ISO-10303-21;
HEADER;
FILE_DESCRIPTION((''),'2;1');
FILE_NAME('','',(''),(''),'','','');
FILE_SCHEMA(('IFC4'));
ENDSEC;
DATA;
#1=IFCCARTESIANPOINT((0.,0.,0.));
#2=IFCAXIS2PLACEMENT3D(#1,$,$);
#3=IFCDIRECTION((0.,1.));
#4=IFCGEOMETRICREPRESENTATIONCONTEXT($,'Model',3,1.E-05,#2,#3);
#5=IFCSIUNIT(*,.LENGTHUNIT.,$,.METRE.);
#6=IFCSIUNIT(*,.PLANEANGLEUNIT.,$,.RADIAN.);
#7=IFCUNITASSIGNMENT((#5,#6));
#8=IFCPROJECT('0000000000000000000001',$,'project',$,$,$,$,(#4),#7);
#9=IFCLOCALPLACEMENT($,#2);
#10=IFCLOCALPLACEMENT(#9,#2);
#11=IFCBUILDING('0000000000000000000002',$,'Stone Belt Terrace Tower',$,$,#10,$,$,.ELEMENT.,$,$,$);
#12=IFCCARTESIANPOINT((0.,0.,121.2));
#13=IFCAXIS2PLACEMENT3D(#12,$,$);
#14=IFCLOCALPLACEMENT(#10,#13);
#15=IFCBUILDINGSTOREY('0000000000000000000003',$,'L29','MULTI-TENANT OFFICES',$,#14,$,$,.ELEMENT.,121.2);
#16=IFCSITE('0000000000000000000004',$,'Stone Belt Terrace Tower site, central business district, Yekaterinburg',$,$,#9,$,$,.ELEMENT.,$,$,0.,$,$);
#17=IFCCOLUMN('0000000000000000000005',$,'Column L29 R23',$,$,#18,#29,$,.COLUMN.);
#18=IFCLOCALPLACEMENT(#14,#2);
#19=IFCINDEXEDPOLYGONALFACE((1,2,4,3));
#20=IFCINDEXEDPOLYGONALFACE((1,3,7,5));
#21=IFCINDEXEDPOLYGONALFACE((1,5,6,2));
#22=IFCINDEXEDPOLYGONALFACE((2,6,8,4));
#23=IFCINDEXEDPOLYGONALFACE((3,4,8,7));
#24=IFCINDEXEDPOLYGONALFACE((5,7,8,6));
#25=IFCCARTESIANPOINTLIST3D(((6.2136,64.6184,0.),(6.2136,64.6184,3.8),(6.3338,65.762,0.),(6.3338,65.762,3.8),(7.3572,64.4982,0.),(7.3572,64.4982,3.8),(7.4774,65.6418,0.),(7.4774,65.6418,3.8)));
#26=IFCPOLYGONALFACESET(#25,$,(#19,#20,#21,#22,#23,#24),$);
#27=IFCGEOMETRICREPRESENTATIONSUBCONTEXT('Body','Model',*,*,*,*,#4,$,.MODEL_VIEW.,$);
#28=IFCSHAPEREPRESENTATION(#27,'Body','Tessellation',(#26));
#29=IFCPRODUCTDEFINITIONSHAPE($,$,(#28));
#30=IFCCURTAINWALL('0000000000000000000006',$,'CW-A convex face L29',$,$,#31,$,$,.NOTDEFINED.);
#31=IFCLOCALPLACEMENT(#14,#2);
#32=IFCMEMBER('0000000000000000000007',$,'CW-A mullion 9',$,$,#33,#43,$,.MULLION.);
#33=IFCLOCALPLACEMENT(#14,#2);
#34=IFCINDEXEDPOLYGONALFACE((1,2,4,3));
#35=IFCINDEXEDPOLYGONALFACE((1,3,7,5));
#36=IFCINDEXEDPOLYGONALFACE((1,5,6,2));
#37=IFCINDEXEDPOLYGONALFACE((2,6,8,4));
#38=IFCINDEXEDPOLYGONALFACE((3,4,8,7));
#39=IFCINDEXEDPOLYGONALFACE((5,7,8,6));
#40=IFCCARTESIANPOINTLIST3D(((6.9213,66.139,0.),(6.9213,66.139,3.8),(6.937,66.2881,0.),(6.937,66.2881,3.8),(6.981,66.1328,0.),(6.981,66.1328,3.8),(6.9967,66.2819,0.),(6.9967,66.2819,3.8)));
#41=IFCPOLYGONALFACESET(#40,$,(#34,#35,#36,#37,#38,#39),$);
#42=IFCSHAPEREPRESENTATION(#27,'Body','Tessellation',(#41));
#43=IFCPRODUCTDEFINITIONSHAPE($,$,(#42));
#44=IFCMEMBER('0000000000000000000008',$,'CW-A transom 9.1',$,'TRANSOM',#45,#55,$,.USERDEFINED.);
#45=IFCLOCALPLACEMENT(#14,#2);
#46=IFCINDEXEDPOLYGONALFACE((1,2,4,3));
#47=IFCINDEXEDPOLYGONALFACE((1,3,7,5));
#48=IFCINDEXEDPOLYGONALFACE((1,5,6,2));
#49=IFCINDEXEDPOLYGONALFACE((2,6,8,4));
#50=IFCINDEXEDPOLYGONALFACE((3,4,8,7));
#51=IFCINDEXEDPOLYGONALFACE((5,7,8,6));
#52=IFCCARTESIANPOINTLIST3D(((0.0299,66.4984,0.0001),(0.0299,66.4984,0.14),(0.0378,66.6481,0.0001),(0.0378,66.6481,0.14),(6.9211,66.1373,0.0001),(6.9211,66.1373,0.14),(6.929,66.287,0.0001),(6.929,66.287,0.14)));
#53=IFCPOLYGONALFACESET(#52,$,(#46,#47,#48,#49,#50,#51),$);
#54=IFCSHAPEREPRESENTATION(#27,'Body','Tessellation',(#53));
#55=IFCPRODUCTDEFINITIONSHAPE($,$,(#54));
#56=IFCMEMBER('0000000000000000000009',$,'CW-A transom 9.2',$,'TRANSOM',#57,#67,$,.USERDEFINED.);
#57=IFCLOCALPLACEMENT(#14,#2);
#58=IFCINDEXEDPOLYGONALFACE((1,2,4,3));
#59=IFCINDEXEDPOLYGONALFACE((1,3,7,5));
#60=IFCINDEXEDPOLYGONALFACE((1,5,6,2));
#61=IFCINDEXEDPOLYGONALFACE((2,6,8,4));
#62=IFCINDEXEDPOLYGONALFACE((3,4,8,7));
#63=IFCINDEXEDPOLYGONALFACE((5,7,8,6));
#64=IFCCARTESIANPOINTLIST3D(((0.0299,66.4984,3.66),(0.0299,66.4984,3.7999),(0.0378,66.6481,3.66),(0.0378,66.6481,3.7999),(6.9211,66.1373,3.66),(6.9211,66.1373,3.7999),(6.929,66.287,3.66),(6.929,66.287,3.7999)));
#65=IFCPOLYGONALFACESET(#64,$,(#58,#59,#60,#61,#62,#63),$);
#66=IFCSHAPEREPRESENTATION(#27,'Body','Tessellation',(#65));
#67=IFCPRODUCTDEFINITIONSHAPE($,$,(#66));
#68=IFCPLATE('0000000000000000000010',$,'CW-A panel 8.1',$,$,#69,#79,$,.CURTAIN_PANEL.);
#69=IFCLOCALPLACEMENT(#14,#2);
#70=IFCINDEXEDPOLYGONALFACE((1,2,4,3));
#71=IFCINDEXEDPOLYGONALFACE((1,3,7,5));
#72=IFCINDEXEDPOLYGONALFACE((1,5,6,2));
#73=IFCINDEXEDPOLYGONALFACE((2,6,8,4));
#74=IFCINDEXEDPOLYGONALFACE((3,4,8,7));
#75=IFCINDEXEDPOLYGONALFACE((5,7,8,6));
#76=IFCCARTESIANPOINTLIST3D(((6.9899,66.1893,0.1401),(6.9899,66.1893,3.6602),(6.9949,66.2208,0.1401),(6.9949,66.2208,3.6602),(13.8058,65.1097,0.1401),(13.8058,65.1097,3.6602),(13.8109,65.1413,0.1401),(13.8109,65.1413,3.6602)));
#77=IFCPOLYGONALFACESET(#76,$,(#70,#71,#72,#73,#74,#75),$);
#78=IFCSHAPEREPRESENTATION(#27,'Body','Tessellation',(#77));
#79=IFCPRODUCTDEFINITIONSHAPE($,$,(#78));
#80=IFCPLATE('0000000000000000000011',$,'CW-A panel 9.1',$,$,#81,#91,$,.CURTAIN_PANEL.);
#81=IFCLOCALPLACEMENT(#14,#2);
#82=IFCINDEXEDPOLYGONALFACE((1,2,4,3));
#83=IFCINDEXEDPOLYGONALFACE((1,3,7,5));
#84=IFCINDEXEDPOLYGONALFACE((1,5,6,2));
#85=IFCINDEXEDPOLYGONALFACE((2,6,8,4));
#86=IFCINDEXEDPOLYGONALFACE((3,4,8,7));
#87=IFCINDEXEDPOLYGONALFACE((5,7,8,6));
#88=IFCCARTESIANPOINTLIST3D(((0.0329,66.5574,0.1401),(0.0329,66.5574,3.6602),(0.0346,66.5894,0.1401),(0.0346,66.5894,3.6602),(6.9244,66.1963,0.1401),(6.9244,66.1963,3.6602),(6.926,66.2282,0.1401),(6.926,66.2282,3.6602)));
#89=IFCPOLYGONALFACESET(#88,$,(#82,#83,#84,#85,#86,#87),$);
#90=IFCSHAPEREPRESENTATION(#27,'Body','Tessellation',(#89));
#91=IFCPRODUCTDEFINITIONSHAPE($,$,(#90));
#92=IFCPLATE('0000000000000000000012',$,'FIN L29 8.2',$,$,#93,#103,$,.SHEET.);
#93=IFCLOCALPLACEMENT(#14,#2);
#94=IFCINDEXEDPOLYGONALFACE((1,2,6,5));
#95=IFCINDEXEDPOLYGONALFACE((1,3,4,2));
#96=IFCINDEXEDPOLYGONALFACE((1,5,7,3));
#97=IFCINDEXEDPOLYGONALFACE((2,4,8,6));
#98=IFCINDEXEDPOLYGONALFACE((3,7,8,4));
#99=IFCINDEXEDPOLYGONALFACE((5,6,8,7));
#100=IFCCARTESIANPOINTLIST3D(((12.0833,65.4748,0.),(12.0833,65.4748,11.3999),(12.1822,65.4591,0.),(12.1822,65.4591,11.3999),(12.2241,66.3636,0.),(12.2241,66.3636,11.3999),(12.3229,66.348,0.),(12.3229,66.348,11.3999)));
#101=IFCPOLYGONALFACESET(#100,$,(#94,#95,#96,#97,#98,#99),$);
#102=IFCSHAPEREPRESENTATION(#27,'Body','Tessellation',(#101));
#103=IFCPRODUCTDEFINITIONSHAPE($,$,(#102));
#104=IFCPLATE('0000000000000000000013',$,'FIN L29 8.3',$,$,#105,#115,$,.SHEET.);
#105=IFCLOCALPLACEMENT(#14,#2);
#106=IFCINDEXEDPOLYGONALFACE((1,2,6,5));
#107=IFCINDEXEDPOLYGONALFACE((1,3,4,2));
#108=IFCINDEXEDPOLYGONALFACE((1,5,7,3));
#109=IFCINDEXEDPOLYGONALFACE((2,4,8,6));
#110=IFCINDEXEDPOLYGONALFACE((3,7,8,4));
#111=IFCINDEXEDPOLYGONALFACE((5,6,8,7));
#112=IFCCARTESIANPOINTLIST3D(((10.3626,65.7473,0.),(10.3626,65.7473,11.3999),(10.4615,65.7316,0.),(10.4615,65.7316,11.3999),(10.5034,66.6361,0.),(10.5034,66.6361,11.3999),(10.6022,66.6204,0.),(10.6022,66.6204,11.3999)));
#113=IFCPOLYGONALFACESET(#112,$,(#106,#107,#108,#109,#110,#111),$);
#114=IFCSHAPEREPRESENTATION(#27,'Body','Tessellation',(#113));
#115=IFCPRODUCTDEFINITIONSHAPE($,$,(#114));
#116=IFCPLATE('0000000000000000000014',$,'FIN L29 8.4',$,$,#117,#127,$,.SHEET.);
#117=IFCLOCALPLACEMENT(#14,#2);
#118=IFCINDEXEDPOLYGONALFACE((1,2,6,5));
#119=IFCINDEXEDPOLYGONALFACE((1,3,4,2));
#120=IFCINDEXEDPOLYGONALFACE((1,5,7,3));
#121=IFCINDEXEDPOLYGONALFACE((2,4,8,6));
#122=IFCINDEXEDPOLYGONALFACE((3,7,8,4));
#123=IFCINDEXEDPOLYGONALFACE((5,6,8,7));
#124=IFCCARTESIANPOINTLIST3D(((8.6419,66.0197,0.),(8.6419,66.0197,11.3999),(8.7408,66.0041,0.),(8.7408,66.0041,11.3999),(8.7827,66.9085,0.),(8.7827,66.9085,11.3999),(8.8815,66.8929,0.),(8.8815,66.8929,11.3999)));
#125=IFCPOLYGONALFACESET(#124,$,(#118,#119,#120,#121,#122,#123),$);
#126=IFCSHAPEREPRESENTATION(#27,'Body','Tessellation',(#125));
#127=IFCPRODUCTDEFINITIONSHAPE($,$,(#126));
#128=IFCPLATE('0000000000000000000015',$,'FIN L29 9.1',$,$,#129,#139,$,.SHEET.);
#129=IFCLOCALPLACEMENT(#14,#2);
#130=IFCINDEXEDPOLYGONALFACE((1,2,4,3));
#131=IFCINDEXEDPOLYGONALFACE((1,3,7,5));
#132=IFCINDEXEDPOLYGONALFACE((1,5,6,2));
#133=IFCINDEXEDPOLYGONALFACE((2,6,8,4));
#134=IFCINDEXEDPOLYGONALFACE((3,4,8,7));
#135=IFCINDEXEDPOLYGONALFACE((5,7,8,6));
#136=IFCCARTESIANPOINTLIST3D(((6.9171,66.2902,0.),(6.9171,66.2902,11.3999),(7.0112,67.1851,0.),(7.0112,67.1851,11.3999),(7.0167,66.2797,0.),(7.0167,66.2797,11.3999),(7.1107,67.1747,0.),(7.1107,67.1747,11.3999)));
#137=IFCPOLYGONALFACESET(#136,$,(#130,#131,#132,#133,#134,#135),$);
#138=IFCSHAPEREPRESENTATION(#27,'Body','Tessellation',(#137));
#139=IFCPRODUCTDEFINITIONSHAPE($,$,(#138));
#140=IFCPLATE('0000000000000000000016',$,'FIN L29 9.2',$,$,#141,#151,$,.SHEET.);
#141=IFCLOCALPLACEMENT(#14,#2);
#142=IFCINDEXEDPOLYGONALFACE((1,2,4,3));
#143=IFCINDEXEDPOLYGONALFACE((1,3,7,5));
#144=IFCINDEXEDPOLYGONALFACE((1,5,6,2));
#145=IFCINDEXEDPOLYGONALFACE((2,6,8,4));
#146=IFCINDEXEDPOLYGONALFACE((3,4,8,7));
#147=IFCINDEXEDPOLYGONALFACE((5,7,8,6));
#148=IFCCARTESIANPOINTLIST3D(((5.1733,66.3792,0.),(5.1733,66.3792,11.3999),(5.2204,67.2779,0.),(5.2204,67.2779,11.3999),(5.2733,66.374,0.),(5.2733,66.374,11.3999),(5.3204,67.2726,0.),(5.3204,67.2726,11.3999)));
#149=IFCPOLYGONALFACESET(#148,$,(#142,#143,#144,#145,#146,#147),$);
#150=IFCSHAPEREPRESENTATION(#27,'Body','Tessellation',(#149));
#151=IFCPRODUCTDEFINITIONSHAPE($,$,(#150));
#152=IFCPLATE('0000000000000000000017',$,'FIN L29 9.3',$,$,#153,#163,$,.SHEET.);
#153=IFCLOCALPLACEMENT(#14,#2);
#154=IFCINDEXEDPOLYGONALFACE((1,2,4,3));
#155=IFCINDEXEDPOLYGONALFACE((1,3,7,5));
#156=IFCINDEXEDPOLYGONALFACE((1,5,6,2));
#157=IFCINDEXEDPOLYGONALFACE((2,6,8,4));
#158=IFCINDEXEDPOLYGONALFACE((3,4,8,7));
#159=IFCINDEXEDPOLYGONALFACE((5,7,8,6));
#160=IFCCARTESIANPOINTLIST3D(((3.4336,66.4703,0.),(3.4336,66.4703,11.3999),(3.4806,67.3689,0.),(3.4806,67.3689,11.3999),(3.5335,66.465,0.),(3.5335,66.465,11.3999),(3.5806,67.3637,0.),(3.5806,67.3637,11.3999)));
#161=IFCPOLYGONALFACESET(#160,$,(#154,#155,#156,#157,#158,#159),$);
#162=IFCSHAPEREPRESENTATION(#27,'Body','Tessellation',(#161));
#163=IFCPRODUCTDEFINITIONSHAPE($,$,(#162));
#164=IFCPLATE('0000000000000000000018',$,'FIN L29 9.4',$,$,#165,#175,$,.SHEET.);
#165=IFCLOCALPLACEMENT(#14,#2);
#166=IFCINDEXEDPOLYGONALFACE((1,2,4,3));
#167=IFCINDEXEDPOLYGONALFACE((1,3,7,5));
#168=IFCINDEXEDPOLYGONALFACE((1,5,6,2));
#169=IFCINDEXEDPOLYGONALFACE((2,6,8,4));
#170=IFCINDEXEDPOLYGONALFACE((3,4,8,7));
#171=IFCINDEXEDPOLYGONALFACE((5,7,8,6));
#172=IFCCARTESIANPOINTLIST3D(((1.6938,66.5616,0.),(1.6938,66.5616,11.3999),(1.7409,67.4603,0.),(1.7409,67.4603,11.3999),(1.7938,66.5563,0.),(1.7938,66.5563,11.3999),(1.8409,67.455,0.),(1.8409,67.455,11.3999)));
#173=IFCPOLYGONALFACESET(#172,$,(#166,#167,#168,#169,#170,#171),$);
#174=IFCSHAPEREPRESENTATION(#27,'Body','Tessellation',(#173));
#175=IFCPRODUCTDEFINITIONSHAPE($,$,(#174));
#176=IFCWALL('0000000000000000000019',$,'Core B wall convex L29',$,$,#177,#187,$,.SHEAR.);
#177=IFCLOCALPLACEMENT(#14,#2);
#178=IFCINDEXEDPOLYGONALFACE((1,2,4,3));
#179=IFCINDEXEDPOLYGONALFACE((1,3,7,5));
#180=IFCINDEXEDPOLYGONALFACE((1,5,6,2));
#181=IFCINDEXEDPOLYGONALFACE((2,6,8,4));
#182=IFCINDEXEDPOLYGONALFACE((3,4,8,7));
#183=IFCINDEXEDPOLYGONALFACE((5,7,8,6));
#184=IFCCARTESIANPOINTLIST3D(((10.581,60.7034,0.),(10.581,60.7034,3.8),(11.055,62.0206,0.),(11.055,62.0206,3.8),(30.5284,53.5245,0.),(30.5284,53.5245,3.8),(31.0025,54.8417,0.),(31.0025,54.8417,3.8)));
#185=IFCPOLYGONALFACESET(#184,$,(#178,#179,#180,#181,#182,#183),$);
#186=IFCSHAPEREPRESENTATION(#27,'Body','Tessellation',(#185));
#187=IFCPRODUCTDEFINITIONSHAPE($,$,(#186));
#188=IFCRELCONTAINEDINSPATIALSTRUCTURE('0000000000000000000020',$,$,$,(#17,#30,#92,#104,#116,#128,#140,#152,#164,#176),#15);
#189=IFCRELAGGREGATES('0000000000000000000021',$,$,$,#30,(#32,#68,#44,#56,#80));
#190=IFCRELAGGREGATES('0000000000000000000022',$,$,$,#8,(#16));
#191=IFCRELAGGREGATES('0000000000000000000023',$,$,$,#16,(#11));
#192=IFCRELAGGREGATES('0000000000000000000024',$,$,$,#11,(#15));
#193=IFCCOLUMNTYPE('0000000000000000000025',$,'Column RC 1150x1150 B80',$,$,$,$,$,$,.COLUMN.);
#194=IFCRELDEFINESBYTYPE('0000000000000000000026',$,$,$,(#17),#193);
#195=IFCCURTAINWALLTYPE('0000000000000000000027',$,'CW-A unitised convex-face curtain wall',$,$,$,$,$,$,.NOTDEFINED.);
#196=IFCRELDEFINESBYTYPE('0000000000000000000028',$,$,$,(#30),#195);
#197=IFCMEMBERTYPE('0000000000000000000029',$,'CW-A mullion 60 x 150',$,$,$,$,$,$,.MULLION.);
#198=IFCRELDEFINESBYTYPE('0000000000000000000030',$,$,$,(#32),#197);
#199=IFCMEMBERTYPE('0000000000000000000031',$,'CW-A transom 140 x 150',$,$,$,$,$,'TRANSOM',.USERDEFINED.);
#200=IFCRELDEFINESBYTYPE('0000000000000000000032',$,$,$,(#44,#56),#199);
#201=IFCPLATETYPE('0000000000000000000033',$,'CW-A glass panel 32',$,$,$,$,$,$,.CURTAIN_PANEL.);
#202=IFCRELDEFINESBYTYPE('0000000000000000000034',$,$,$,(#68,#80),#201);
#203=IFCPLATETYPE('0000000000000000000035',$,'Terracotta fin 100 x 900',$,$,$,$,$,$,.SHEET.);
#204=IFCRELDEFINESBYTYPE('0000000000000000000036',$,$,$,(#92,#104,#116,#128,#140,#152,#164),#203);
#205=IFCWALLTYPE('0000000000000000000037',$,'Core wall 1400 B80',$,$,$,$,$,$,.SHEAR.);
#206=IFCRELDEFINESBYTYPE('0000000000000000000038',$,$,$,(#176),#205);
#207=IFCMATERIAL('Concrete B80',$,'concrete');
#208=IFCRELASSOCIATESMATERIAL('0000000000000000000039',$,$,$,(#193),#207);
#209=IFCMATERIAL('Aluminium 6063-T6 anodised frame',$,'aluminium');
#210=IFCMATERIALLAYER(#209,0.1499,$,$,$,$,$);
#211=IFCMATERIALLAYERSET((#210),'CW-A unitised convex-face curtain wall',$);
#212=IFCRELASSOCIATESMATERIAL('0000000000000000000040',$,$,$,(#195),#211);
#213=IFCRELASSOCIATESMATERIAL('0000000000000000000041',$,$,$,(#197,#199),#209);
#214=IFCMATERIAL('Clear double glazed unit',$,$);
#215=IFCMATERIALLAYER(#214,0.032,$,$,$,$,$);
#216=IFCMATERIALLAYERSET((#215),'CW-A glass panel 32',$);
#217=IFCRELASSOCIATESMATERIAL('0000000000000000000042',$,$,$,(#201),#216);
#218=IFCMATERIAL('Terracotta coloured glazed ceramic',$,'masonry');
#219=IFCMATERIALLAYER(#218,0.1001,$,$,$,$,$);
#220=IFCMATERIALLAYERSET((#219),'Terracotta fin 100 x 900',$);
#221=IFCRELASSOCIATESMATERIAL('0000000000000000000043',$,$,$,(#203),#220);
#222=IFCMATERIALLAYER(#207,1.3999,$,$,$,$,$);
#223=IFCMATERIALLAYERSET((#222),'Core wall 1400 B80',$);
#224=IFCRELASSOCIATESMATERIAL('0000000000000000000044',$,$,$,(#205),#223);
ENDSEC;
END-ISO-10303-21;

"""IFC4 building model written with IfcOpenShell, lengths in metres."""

from ifc_helpers import new_model, si_unit, direction, frame, frame_2d, origin, origin_2d, place, context, subcontext, project, spatial, rectangle, extrude, material, layer, layer_set, material_profile, profile_set, type_object, element, aggregate, save


model = new_model("IFC4")

# Units and contexts
model_context = context("Model", 3, precision=1e-05, world=origin(), true_north=direction((0.0, 1.0)))
body_context = subcontext(model_context, "Body", "Model", "MODEL_VIEW")
ifc_project = project(units=[si_unit("LENGTHUNIT", "METRE"), si_unit("PLANEANGLEUNIT", "RADIAN")], contexts=[model_context])

# Site, building, storey
site_placement = place(None, origin())
site = spatial("IfcSite", under=ifc_project, at=site_placement, Name="Stone Belt Terrace Tower site, central business district, Yekaterinburg", CompositionType="ELEMENT", RefElevation=0.0)
building_placement = place(site_placement, origin())
building = spatial("IfcBuilding", under=site, at=building_placement, Name="Stone Belt Terrace Tower", CompositionType="ELEMENT")
storey_placement = place(building_placement, frame((0.0, 0.0, 121.2)))
storey = spatial("IfcBuildingStorey", under=building, at=storey_placement, Name="L29", Description="MULTI-TENANT OFFICES", CompositionType="ELEMENT", Elevation=121.2)

# Column
ifc_material_1 = material(Name="Concrete B80", Category="concrete")
ifc_material_profile_1 = material_profile(ifc_material_1, rectangle(XDim=1.1499, YDim=1.1499, at=origin_2d()), Name="RC 1150x1150")
ifc_profile_set_1 = profile_set([ifc_material_profile_1], Name="Concrete B80")
column_type = type_object("IfcColumnType", Name="Column RC 1150x1150 B80", PredefinedType="COLUMN", material=ifc_profile_set_1)
column_placement = place(storey_placement, frame((6.8455, 65.1301, 0.0), z_axis=(0.0, 0.0, 1.0), x_axis=(0.994522, -0.104528, 0.0)))
element("IfcColumn", 1, at=column_placement, inside=storey, type_object=column_type, Name="Column L29 R23", PredefinedType="COLUMN", context=body_context, shape_type="SweptSolid", body=[
    extrude(rectangle(XDim=1.1499, YDim=1.1499, at=origin_2d()), origin(), (0.0, 0.0, 1.0), 3.8),
])

# Curtain wall, members, plates
ifc_material_2 = material(Name="Aluminium 6063-T6 anodised frame", Category="aluminium")
ifc_layer_1 = layer(ifc_material_2, 0.1499)
ifc_layer_set_1 = layer_set([ifc_layer_1], Name="CW-A unitised convex-face curtain wall")
curtain_wall_type = type_object("IfcCurtainWallType", Name="CW-A unitised convex-face curtain wall", PredefinedType="NOTDEFINED", material=ifc_layer_set_1)
curtain_wall_placement = place(storey_placement, origin())
curtain_wall = element("IfcCurtainWall", 2, at=curtain_wall_placement, inside=storey, type_object=curtain_wall_type, Name="CW-A convex face L29", PredefinedType="NOTDEFINED")
ifc_material_profile_2 = material_profile(ifc_material_2, rectangle(XDim=0.1499, YDim=0.0601, at=origin_2d()), Name="Aluminium 6063-T6 60x150")
ifc_profile_set_2 = profile_set([ifc_material_profile_2], Name="Aluminium 6063-T6 anodised frame")
member_type_1 = type_object("IfcMemberType", Name="CW-A mullion 60 x 150", PredefinedType="MULLION", material=ifc_profile_set_2)
member_1_placement = place(storey_placement, frame((6.959, 66.2104, 0.0), z_axis=(0.0, 0.0, 1.0), x_axis=(-0.104528, -0.994522, 0.0)))
member_1 = element("IfcMember", 3, at=member_1_placement, type_object=member_type_1, Name="CW-A mullion 9", PredefinedType="MULLION", context=body_context, shape_type="SweptSolid", body=[
    extrude(rectangle(XDim=0.1499, YDim=0.0601, at=origin_2d()), origin(), (0.0, 0.0, 1.0), 3.8),
])
ifc_material_profile_3 = material_profile(ifc_material_2, rectangle(XDim=0.1499, YDim=0.1399, at=origin_2d()), Name="Aluminium 6063-T6 150x140")
ifc_profile_set_3 = profile_set([ifc_material_profile_3], Name="Aluminium 6063-T6 anodised frame")
member_type_2 = type_object("IfcMemberType", Name="CW-A transom 140 x 150", ElementType="TRANSOM", PredefinedType="USERDEFINED", material=ifc_profile_set_3)
member_2_placement = place(storey_placement, frame((6.925, 66.2122, 0.0701), z_axis=(-0.99863, 0.052327, 0.0), x_axis=(-0.052327, -0.99863, 0.0)))
member_2 = element("IfcMember", 4, at=member_2_placement, type_object=member_type_2, Name="CW-A transom 9.1", ObjectType="TRANSOM", PredefinedType="USERDEFINED", context=body_context, shape_type="SweptSolid", body=[
    extrude(rectangle(XDim=0.1499, YDim=0.1399, at=origin_2d()), origin(), (0.0, 0.0, 1.0), 6.9006),
])
member_3_placement = place(storey_placement, frame((6.925, 66.2122, 3.73), z_axis=(-0.99863, 0.052327, 0.0), x_axis=(-0.052327, -0.99863, 0.0)))
member_3 = element("IfcMember", 5, at=member_3_placement, type_object=member_type_2, Name="CW-A transom 9.2", ObjectType="TRANSOM", PredefinedType="USERDEFINED", context=body_context, shape_type="SweptSolid", body=[
    extrude(rectangle(XDim=0.1499, YDim=0.1399, at=origin_2d()), origin(), (0.0, 0.0, 1.0), 6.9006),
])
ifc_material_3 = material(Name="Clear double glazed unit")
ifc_layer_2 = layer(ifc_material_3, 0.032)
ifc_layer_set_2 = layer_set([ifc_layer_2], Name="CW-A glass panel 32")
plate_type_1 = type_object("IfcPlateType", Name="CW-A glass panel 32", PredefinedType="CURTAIN_PANEL", material=ifc_layer_set_2)
plate_1_placement = place(storey_placement, frame((10.4004, 65.6653, 0.1401), z_axis=(0.0, 0.0, 1.0), x_axis=(-0.987688, 0.156434, 0.0)))
plate_1 = element("IfcPlate", 6, at=plate_1_placement, type_object=plate_type_1, Name="CW-A panel 8.1", PredefinedType="CURTAIN_PANEL", context=body_context, shape_type="SweptSolid", body=[
    extrude(rectangle(XDim=6.9009, YDim=0.032, at=origin_2d()), origin(), (0.0, 0.0, 1.0), 3.52),
])
plate_2_placement = place(storey_placement, frame((3.4795, 66.3928, 0.1401), z_axis=(0.0, 0.0, 1.0), x_axis=(-0.99863, 0.052336, 0.0)))
plate_2 = element("IfcPlate", 7, at=plate_2_placement, type_object=plate_type_1, Name="CW-A panel 9.1", PredefinedType="CURTAIN_PANEL", context=body_context, shape_type="SweptSolid", body=[
    extrude(rectangle(XDim=6.9009, YDim=0.032, at=origin_2d()), origin(), (0.0, 0.0, 1.0), 3.52),
])
aggregate(curtain_wall, [member_1, plate_1, member_2, member_3, plate_2])

# Plates
ifc_material_4 = material(Name="Terracotta coloured glazed ceramic", Category="masonry")
ifc_layer_3 = layer(ifc_material_4, 0.1001)
ifc_layer_set_3 = layer_set([ifc_layer_3], Name="Terracotta fin 100 x 900")
plate_type_2 = type_object("IfcPlateType", Name="Terracotta fin 100 x 900", PredefinedType="SHEET", material=ifc_layer_set_3)
for number, where, z_axis, x_axis, name in (
    (8, (12.2031, 65.9114, 0.0), (0.0, 0.0, 1.0), (0.156434, 0.987688, 0.0), "FIN L29 8.2"),
    (9, (10.4824, 66.1838, 0.0), (0.0, 0.0, 1.0), (0.156434, 0.987688, 0.0), "FIN L29 8.3"),
    (10, (8.7617, 66.4563, 0.0), (0.0, 0.0, 1.0), (0.156434, 0.987688, 0.0), "FIN L29 8.4"),
    (11, (7.0139, 66.7324, 0.0), (0.0, 0.0, 1.0), (0.104528, 0.994522, 0.0), "FIN L29 9.1"),
    (12, (5.2468, 66.8259, 0.0), (0.0, 0.0, 1.0), (0.052336, 0.99863, 0.0), "FIN L29 9.2"),
    (13, (3.5071, 66.917, 0.0), (0.0, 0.0, 1.0), (0.052336, 0.99863, 0.0), "FIN L29 9.3"),
    (14, (1.7673, 67.0083, 0.0), (0.0, 0.0, 1.0), (0.052336, 0.99863, 0.0), "FIN L29 9.4"),
):
    element("IfcPlate", number, at=place(storey_placement, frame(where, z_axis=z_axis, x_axis=x_axis)), inside=storey, type_object=plate_type_2, Name=name, PredefinedType="SHEET", context=body_context, shape_type="SweptSolid", body=[
        extrude(rectangle(XDim=0.8999, YDim=0.1001, at=origin_2d()), origin(), (0.0, 0.0, 1.0), 11.3999),
    ])

# Wall
ifc_layer_4 = layer(ifc_material_1, 1.3999)
ifc_layer_set_4 = layer_set([ifc_layer_4], Name="Core wall 1400 B80")
wall_type_1 = type_object("IfcWallType", Name="Core wall 1400 B80", PredefinedType="SHEAR", material=ifc_layer_set_4)
wall_1_placement = place(storey_placement, frame((10.8179, 61.3621, 0.0), z_axis=(0.0, 0.0, 1.0), x_axis=(0.94092, -0.33863, 0.0)))
element("IfcWall", 15, at=wall_1_placement, inside=storey, type_object=wall_type_1, Name="Core B wall convex L29", PredefinedType="SHEAR", context=body_context, shape_type="SweptSolid", body=[
    extrude(rectangle(XDim=21.2, YDim=1.3999, at=frame_2d((10.6001, 0.0))), origin(), (0.0, 0.0, 1.0), 3.8),
])

save(model, "model.ifc")
